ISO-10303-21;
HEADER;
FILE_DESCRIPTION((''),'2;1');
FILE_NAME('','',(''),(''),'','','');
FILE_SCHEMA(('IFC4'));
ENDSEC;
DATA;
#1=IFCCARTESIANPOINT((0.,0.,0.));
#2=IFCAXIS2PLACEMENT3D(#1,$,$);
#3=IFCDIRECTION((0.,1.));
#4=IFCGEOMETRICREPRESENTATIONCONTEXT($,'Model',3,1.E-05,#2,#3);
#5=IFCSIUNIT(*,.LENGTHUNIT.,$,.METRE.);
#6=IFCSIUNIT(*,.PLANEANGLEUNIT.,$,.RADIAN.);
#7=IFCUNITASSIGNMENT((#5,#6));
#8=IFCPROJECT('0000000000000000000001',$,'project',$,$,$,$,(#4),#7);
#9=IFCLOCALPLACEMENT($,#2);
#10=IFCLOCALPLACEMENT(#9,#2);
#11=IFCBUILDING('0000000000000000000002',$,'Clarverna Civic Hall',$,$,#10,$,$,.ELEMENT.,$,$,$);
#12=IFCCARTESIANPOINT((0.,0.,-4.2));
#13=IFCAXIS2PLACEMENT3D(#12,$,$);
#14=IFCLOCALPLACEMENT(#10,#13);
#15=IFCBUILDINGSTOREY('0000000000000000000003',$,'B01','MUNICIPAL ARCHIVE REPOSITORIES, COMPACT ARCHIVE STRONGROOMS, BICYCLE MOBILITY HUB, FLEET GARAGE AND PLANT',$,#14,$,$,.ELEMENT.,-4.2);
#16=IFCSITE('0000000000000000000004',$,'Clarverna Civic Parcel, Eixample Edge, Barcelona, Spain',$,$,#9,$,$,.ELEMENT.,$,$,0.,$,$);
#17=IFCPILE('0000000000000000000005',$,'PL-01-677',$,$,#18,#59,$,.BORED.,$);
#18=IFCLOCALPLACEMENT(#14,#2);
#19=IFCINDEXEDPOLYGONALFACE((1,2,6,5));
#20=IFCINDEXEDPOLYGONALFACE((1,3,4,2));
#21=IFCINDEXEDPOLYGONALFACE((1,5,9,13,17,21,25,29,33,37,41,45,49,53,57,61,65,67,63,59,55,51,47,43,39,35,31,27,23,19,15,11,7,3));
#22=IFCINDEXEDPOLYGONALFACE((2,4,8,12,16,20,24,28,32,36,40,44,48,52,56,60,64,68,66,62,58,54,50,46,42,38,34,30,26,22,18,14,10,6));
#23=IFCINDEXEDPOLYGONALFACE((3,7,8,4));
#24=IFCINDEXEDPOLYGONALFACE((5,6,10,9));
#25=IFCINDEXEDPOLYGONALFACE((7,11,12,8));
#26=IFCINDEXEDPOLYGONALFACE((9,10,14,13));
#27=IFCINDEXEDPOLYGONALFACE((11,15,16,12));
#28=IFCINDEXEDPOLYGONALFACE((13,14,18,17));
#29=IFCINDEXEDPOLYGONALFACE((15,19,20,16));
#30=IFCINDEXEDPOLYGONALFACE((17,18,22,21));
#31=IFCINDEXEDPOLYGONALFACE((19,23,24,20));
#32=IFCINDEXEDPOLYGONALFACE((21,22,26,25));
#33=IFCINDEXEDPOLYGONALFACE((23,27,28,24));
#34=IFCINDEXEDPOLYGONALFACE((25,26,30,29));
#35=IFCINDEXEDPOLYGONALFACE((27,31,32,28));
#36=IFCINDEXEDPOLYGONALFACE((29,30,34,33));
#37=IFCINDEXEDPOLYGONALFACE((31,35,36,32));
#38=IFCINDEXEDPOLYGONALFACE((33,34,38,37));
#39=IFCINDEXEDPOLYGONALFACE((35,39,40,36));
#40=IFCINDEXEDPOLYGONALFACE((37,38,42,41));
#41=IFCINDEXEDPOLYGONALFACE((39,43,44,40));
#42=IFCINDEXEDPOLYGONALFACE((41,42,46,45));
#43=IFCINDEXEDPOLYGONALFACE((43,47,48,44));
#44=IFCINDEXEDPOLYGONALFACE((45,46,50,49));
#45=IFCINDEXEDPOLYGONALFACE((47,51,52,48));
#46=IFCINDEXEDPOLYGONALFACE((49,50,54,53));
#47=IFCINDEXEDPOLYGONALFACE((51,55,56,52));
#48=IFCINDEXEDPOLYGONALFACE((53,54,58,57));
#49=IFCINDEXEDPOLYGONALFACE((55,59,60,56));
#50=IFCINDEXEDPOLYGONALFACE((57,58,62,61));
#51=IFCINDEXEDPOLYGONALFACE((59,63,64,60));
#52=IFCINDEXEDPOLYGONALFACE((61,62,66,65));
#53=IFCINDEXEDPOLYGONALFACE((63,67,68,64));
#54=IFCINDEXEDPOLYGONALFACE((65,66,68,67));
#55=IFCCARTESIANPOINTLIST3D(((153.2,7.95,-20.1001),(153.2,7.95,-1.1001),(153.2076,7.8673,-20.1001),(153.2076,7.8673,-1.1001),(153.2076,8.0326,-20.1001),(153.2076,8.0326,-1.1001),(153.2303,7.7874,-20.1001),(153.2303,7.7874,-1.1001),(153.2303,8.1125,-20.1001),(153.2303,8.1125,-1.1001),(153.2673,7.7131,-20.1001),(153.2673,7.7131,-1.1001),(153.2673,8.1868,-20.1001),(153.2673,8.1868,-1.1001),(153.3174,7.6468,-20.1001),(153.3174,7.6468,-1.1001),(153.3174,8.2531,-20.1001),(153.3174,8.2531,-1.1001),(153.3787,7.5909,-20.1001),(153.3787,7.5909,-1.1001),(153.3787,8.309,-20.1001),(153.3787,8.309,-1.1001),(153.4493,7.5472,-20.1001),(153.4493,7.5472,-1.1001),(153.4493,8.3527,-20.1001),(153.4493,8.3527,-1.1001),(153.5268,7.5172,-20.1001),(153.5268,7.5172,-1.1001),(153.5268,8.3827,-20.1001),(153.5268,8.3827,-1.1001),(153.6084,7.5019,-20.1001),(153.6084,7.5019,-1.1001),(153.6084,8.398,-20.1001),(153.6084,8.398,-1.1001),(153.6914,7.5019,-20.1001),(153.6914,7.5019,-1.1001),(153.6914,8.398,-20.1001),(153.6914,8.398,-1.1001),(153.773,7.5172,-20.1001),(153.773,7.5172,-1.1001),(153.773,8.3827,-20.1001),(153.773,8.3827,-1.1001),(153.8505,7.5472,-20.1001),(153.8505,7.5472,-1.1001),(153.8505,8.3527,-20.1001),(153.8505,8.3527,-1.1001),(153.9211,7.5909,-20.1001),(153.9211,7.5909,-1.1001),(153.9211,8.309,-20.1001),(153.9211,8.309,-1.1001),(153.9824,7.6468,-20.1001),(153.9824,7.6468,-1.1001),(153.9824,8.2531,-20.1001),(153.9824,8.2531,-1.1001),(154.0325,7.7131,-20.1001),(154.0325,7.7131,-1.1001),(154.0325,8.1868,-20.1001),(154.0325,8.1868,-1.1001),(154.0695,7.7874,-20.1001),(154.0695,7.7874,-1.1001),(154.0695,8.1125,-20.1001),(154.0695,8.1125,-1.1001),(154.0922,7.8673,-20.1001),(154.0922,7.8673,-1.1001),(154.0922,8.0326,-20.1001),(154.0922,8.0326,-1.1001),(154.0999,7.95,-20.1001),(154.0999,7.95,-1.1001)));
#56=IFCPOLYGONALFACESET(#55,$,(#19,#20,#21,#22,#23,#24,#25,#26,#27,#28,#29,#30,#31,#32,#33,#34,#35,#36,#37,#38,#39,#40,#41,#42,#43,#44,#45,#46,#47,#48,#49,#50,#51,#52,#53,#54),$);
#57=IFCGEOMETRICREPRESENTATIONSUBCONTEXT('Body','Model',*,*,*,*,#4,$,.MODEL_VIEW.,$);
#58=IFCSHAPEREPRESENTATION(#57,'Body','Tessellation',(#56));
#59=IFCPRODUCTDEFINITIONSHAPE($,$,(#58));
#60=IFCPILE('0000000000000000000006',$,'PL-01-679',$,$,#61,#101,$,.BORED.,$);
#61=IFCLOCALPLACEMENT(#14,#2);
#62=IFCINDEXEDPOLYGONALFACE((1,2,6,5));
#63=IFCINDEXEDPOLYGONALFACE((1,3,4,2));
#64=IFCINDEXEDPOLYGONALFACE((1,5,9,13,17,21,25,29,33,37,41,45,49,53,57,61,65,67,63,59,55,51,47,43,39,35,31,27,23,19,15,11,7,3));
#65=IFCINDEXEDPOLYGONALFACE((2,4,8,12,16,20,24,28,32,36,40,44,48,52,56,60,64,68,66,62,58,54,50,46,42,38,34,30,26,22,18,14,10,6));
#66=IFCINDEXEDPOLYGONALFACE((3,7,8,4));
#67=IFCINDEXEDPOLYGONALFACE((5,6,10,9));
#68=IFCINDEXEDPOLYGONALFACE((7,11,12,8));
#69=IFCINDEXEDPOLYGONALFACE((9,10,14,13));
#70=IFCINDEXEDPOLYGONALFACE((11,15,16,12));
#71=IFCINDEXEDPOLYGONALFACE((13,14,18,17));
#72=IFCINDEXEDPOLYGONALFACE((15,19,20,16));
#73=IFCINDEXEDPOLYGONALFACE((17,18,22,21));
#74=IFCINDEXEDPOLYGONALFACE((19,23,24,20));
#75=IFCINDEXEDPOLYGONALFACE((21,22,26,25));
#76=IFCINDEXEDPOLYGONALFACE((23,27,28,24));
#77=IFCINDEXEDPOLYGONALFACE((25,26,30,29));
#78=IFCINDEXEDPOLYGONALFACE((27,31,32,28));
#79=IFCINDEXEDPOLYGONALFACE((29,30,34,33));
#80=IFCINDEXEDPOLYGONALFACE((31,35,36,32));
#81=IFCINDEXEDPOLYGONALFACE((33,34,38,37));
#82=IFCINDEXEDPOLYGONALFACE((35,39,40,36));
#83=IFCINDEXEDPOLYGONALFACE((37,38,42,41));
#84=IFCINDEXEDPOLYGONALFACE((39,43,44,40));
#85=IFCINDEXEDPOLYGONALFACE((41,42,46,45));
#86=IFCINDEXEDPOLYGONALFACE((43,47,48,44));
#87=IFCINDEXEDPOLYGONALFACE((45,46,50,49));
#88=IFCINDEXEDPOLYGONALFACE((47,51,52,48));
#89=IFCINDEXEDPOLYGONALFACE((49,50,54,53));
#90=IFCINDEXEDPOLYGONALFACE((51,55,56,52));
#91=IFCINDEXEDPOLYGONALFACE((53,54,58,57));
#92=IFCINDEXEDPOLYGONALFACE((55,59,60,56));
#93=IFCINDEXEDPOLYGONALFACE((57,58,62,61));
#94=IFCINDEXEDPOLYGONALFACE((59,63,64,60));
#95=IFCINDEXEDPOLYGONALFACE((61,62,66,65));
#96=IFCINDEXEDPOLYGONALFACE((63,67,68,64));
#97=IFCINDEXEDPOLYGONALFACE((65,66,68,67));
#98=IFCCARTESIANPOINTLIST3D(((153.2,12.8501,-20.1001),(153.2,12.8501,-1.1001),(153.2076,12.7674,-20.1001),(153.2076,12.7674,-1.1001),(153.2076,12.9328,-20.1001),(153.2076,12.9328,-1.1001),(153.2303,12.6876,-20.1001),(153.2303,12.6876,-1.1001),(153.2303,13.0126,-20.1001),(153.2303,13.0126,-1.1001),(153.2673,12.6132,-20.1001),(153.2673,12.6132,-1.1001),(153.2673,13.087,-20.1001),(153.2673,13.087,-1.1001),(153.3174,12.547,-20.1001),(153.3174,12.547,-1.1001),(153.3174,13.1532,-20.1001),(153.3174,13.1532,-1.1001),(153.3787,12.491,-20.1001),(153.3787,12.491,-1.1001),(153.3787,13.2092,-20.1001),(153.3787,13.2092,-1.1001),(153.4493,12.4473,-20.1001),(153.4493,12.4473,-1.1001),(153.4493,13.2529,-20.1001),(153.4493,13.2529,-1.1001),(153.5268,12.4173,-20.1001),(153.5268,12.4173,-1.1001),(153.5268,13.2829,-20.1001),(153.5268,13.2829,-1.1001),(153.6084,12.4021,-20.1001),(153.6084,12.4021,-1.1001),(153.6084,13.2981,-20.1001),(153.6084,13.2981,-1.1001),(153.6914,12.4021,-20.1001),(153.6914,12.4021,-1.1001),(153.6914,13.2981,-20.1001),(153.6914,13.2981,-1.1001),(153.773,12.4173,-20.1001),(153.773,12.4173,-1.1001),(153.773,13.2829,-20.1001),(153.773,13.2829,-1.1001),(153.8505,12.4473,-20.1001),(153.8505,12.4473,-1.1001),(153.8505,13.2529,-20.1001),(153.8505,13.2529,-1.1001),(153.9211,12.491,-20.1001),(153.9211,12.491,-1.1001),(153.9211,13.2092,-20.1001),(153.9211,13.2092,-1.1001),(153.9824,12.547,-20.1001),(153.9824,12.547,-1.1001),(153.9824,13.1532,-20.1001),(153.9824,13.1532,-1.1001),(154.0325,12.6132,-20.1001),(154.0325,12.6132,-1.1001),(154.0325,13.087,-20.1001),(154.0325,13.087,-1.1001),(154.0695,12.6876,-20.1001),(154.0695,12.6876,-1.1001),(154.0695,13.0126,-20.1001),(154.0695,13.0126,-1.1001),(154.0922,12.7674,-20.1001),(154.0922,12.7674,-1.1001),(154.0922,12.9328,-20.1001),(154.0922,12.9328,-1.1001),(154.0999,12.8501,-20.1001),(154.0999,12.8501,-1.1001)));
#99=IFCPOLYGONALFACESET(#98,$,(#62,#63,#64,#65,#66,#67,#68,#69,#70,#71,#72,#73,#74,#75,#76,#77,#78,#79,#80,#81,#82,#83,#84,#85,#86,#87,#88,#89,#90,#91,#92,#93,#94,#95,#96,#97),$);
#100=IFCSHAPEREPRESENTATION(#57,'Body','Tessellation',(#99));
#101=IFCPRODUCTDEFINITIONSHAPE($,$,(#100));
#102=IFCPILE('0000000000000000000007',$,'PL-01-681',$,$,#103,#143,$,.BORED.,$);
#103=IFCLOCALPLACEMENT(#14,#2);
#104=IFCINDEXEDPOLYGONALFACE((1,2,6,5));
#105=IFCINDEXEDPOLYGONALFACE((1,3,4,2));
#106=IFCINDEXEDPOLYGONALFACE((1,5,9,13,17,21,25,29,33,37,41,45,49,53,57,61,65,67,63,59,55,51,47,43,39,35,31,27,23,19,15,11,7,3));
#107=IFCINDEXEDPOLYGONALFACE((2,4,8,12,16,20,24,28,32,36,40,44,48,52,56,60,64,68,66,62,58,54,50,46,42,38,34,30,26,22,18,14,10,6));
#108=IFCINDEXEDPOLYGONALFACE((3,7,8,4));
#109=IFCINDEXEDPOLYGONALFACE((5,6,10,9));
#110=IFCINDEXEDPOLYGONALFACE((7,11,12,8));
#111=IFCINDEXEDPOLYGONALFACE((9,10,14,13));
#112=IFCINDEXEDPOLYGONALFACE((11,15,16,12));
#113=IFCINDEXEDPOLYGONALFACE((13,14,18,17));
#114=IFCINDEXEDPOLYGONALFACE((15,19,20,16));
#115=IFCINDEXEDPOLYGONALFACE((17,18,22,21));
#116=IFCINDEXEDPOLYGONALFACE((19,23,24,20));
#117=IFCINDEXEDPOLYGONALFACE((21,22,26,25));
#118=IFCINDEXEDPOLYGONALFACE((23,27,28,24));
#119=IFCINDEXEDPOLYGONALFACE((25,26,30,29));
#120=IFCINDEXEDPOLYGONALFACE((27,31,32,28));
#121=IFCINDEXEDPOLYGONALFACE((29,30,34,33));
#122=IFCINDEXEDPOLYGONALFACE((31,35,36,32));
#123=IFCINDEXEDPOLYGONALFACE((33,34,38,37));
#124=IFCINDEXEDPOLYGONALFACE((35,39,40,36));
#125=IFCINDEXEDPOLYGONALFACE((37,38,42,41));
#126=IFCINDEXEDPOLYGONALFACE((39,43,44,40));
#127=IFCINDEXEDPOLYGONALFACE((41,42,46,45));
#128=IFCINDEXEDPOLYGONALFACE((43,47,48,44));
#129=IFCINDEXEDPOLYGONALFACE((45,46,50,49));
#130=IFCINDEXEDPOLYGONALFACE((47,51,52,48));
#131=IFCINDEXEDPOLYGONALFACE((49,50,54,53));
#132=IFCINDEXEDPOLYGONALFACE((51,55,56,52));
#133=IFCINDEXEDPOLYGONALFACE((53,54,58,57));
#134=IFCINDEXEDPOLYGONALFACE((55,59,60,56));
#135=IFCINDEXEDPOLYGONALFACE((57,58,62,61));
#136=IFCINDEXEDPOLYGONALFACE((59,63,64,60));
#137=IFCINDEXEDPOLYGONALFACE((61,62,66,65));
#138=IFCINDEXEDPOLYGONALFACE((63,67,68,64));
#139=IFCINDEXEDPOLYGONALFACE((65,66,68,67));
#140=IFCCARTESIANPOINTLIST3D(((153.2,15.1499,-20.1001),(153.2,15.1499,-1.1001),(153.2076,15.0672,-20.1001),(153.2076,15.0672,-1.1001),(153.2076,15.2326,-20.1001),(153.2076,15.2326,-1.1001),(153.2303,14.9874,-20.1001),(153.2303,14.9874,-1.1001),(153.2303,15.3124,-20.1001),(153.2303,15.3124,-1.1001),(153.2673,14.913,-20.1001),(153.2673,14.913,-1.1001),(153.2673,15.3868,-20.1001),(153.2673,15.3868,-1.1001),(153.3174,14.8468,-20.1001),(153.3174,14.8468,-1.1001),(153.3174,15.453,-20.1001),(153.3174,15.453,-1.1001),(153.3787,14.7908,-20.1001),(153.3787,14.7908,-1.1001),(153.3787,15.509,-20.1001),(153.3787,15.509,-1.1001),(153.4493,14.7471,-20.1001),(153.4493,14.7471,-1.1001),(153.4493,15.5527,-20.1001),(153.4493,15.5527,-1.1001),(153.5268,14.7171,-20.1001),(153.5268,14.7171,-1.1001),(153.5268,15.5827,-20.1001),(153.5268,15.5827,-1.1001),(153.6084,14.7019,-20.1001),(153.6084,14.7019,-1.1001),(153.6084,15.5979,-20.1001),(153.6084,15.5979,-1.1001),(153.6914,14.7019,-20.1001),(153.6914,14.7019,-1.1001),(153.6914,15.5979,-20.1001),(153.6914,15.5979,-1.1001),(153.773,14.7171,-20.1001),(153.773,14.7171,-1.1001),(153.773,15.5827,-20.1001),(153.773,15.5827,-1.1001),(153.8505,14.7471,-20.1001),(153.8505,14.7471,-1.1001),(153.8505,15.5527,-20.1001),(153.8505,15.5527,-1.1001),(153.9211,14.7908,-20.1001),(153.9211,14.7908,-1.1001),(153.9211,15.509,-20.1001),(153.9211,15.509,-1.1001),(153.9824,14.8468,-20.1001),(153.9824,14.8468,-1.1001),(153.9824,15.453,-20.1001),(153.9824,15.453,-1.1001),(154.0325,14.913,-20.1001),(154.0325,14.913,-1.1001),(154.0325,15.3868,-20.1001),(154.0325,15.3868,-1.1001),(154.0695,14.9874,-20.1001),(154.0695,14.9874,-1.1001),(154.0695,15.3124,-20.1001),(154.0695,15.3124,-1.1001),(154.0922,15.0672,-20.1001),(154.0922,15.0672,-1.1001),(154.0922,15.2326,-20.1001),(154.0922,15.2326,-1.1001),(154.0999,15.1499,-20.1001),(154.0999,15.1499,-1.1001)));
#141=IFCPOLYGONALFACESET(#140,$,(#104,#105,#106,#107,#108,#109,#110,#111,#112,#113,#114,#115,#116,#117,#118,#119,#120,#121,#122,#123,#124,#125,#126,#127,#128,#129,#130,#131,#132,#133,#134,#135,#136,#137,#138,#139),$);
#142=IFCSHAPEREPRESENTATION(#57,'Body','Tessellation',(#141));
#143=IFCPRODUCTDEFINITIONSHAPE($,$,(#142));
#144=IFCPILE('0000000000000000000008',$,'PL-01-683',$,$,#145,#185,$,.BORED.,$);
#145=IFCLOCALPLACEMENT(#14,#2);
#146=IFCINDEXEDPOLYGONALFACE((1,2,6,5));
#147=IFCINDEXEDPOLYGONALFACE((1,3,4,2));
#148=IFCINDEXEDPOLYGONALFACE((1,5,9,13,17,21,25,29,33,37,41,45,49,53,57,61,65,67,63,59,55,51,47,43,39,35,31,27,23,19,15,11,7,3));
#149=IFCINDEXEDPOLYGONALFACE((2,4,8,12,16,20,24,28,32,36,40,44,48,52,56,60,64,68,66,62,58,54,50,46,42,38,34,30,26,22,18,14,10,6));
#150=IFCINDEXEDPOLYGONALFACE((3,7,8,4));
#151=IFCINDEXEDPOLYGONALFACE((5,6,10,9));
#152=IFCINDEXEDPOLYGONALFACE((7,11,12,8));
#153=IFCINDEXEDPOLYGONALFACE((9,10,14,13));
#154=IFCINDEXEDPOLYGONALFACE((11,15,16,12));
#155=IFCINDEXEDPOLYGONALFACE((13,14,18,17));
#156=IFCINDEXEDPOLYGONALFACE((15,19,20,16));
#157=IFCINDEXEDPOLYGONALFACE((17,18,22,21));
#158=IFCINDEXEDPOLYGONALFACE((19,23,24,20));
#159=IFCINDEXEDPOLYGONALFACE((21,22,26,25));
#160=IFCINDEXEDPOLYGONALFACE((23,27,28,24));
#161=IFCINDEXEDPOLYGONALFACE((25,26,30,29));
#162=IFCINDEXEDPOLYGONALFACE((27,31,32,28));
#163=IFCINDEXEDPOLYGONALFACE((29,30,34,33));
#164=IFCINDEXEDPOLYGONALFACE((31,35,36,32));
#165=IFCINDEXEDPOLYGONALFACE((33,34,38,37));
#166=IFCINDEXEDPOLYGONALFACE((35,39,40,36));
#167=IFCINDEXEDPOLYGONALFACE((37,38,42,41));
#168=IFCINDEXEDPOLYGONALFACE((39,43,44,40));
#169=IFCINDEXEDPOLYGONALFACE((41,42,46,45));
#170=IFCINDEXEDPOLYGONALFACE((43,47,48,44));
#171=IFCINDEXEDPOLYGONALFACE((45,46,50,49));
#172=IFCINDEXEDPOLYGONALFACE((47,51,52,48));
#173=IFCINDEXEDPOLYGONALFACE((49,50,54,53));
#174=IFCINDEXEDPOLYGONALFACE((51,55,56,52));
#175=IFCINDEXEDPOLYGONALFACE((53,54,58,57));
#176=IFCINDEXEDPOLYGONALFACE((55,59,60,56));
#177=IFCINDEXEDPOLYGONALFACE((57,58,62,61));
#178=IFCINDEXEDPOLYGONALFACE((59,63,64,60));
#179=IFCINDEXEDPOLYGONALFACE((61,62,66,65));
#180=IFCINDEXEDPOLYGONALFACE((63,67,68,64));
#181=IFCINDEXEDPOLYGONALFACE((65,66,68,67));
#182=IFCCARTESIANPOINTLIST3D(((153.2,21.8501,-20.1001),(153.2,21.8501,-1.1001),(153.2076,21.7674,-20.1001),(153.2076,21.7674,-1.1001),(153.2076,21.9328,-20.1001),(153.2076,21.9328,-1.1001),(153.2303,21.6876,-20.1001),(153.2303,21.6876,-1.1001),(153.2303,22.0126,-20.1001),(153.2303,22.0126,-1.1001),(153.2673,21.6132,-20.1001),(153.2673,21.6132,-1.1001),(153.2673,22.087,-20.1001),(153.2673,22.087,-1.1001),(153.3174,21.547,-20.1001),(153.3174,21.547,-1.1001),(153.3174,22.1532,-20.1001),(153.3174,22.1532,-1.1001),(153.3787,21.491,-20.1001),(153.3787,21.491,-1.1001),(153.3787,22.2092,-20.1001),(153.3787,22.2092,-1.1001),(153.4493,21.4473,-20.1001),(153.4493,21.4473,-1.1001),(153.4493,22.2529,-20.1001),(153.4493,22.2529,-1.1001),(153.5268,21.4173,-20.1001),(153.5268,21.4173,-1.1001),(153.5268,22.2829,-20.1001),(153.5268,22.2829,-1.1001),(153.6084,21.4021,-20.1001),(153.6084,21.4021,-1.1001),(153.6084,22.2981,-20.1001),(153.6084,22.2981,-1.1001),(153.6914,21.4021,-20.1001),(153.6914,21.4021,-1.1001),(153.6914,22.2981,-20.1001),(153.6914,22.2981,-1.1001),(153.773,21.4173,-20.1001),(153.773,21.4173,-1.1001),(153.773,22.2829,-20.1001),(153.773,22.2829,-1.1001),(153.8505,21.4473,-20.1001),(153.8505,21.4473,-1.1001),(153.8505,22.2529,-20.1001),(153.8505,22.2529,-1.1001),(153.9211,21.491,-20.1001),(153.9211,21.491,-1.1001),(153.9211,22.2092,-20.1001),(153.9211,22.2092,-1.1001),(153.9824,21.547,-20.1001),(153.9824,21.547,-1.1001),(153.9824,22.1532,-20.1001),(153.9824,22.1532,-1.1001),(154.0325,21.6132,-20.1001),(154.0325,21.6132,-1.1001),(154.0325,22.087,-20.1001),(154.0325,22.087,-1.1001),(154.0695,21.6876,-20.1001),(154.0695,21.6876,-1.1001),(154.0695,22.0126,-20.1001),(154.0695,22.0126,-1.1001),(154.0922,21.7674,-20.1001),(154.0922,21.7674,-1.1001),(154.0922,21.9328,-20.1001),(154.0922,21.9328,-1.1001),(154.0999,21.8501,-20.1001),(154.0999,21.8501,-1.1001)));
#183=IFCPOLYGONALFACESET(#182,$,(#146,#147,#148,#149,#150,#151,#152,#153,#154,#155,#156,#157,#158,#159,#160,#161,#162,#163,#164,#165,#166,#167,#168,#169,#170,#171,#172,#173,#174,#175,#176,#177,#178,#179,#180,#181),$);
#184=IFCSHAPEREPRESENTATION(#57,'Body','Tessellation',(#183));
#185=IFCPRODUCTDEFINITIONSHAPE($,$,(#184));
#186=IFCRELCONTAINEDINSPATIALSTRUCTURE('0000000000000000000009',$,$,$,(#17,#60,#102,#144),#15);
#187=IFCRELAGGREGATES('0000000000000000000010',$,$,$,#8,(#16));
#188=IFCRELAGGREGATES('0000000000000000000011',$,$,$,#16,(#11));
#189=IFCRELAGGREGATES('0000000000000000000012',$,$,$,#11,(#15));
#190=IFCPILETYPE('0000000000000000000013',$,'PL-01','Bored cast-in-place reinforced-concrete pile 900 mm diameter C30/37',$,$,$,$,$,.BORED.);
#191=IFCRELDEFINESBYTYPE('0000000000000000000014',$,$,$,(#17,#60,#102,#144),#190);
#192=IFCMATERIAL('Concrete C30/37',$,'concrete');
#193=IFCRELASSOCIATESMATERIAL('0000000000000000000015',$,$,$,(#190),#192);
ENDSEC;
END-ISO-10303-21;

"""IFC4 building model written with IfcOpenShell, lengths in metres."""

from ifc_helpers import new_model, si_unit, direction, frame, origin, origin_2d, place, context, subcontext, project, spatial, circle, extrude, material, material_profile, profile_set, type_object, element, save


model = new_model("IFC4")

# Units and contexts
model_context = context("Model", 3, precision=1e-05, world=origin(), true_north=direction((0.0, 1.0)))
body_context = subcontext(model_context, "Body", "Model", "MODEL_VIEW")
ifc_project = project(units=[si_unit("LENGTHUNIT", "METRE"), si_unit("PLANEANGLEUNIT", "RADIAN")], contexts=[model_context])

# Site, building, storey
site_placement = place(None, origin())
site = spatial("IfcSite", under=ifc_project, at=site_placement, Name="Clarverna Civic Parcel, Eixample Edge, Barcelona, Spain", CompositionType="ELEMENT", RefElevation=0.0)
building_placement = place(site_placement, origin())
building = spatial("IfcBuilding", under=site, at=building_placement, Name="Clarverna Civic Hall", CompositionType="ELEMENT")
storey_placement = place(building_placement, frame((0.0, 0.0, -4.2)))
storey = spatial("IfcBuildingStorey", under=building, at=storey_placement, Name="B01", Description="MUNICIPAL ARCHIVE REPOSITORIES, COMPACT ARCHIVE STRONGROOMS, BICYCLE MOBILITY HUB, FLEET GARAGE AND PLANT", CompositionType="ELEMENT", Elevation=-4.2)

# Shared definitions
ifc_material_1 = material(Name="Concrete C30/37", Category="concrete")

# Piles
ifc_material_profile_1 = material_profile(ifc_material_1, circle(Radius=0.45, at=origin_2d()), Name="BORED PILE D900")
ifc_profile_set_1 = profile_set([ifc_material_profile_1], Name="Concrete C30/37")
pile_type = type_object("IfcPileType", Name="PL-01", Description="Bored cast-in-place reinforced-concrete pile 900 mm diameter C30/37", PredefinedType="BORED", material=ifc_profile_set_1)
for number, where, z_axis, x_axis, name in (
    (1, (153.6499, 7.95, -1.1001), (0.0, 0.0, -1.0), (1.0, 0.0, 0.0), "PL-01-677"),
    (2, (153.6499, 12.8501, -1.1001), (0.0, 0.0, -1.0), (1.0, 0.0, 0.0), "PL-01-679"),
    (3, (153.6499, 15.1499, -1.1001), (0.0, 0.0, -1.0), (1.0, 0.0, 0.0), "PL-01-681"),
    (4, (153.6499, 21.8501, -1.1001), (0.0, 0.0, -1.0), (1.0, 0.0, 0.0), "PL-01-683"),
):
    element("IfcPile", number, at=place(storey_placement, frame(where, z_axis=z_axis, x_axis=x_axis)), inside=storey, type_object=pile_type, Name=name, PredefinedType="BORED", context=body_context, shape_type="SweptSolid", body=[
        extrude(circle(Radius=0.45, at=origin_2d()), origin(), (0.0, 0.0, 1.0), 19.0),
    ])

save(model, "model.ifc")
